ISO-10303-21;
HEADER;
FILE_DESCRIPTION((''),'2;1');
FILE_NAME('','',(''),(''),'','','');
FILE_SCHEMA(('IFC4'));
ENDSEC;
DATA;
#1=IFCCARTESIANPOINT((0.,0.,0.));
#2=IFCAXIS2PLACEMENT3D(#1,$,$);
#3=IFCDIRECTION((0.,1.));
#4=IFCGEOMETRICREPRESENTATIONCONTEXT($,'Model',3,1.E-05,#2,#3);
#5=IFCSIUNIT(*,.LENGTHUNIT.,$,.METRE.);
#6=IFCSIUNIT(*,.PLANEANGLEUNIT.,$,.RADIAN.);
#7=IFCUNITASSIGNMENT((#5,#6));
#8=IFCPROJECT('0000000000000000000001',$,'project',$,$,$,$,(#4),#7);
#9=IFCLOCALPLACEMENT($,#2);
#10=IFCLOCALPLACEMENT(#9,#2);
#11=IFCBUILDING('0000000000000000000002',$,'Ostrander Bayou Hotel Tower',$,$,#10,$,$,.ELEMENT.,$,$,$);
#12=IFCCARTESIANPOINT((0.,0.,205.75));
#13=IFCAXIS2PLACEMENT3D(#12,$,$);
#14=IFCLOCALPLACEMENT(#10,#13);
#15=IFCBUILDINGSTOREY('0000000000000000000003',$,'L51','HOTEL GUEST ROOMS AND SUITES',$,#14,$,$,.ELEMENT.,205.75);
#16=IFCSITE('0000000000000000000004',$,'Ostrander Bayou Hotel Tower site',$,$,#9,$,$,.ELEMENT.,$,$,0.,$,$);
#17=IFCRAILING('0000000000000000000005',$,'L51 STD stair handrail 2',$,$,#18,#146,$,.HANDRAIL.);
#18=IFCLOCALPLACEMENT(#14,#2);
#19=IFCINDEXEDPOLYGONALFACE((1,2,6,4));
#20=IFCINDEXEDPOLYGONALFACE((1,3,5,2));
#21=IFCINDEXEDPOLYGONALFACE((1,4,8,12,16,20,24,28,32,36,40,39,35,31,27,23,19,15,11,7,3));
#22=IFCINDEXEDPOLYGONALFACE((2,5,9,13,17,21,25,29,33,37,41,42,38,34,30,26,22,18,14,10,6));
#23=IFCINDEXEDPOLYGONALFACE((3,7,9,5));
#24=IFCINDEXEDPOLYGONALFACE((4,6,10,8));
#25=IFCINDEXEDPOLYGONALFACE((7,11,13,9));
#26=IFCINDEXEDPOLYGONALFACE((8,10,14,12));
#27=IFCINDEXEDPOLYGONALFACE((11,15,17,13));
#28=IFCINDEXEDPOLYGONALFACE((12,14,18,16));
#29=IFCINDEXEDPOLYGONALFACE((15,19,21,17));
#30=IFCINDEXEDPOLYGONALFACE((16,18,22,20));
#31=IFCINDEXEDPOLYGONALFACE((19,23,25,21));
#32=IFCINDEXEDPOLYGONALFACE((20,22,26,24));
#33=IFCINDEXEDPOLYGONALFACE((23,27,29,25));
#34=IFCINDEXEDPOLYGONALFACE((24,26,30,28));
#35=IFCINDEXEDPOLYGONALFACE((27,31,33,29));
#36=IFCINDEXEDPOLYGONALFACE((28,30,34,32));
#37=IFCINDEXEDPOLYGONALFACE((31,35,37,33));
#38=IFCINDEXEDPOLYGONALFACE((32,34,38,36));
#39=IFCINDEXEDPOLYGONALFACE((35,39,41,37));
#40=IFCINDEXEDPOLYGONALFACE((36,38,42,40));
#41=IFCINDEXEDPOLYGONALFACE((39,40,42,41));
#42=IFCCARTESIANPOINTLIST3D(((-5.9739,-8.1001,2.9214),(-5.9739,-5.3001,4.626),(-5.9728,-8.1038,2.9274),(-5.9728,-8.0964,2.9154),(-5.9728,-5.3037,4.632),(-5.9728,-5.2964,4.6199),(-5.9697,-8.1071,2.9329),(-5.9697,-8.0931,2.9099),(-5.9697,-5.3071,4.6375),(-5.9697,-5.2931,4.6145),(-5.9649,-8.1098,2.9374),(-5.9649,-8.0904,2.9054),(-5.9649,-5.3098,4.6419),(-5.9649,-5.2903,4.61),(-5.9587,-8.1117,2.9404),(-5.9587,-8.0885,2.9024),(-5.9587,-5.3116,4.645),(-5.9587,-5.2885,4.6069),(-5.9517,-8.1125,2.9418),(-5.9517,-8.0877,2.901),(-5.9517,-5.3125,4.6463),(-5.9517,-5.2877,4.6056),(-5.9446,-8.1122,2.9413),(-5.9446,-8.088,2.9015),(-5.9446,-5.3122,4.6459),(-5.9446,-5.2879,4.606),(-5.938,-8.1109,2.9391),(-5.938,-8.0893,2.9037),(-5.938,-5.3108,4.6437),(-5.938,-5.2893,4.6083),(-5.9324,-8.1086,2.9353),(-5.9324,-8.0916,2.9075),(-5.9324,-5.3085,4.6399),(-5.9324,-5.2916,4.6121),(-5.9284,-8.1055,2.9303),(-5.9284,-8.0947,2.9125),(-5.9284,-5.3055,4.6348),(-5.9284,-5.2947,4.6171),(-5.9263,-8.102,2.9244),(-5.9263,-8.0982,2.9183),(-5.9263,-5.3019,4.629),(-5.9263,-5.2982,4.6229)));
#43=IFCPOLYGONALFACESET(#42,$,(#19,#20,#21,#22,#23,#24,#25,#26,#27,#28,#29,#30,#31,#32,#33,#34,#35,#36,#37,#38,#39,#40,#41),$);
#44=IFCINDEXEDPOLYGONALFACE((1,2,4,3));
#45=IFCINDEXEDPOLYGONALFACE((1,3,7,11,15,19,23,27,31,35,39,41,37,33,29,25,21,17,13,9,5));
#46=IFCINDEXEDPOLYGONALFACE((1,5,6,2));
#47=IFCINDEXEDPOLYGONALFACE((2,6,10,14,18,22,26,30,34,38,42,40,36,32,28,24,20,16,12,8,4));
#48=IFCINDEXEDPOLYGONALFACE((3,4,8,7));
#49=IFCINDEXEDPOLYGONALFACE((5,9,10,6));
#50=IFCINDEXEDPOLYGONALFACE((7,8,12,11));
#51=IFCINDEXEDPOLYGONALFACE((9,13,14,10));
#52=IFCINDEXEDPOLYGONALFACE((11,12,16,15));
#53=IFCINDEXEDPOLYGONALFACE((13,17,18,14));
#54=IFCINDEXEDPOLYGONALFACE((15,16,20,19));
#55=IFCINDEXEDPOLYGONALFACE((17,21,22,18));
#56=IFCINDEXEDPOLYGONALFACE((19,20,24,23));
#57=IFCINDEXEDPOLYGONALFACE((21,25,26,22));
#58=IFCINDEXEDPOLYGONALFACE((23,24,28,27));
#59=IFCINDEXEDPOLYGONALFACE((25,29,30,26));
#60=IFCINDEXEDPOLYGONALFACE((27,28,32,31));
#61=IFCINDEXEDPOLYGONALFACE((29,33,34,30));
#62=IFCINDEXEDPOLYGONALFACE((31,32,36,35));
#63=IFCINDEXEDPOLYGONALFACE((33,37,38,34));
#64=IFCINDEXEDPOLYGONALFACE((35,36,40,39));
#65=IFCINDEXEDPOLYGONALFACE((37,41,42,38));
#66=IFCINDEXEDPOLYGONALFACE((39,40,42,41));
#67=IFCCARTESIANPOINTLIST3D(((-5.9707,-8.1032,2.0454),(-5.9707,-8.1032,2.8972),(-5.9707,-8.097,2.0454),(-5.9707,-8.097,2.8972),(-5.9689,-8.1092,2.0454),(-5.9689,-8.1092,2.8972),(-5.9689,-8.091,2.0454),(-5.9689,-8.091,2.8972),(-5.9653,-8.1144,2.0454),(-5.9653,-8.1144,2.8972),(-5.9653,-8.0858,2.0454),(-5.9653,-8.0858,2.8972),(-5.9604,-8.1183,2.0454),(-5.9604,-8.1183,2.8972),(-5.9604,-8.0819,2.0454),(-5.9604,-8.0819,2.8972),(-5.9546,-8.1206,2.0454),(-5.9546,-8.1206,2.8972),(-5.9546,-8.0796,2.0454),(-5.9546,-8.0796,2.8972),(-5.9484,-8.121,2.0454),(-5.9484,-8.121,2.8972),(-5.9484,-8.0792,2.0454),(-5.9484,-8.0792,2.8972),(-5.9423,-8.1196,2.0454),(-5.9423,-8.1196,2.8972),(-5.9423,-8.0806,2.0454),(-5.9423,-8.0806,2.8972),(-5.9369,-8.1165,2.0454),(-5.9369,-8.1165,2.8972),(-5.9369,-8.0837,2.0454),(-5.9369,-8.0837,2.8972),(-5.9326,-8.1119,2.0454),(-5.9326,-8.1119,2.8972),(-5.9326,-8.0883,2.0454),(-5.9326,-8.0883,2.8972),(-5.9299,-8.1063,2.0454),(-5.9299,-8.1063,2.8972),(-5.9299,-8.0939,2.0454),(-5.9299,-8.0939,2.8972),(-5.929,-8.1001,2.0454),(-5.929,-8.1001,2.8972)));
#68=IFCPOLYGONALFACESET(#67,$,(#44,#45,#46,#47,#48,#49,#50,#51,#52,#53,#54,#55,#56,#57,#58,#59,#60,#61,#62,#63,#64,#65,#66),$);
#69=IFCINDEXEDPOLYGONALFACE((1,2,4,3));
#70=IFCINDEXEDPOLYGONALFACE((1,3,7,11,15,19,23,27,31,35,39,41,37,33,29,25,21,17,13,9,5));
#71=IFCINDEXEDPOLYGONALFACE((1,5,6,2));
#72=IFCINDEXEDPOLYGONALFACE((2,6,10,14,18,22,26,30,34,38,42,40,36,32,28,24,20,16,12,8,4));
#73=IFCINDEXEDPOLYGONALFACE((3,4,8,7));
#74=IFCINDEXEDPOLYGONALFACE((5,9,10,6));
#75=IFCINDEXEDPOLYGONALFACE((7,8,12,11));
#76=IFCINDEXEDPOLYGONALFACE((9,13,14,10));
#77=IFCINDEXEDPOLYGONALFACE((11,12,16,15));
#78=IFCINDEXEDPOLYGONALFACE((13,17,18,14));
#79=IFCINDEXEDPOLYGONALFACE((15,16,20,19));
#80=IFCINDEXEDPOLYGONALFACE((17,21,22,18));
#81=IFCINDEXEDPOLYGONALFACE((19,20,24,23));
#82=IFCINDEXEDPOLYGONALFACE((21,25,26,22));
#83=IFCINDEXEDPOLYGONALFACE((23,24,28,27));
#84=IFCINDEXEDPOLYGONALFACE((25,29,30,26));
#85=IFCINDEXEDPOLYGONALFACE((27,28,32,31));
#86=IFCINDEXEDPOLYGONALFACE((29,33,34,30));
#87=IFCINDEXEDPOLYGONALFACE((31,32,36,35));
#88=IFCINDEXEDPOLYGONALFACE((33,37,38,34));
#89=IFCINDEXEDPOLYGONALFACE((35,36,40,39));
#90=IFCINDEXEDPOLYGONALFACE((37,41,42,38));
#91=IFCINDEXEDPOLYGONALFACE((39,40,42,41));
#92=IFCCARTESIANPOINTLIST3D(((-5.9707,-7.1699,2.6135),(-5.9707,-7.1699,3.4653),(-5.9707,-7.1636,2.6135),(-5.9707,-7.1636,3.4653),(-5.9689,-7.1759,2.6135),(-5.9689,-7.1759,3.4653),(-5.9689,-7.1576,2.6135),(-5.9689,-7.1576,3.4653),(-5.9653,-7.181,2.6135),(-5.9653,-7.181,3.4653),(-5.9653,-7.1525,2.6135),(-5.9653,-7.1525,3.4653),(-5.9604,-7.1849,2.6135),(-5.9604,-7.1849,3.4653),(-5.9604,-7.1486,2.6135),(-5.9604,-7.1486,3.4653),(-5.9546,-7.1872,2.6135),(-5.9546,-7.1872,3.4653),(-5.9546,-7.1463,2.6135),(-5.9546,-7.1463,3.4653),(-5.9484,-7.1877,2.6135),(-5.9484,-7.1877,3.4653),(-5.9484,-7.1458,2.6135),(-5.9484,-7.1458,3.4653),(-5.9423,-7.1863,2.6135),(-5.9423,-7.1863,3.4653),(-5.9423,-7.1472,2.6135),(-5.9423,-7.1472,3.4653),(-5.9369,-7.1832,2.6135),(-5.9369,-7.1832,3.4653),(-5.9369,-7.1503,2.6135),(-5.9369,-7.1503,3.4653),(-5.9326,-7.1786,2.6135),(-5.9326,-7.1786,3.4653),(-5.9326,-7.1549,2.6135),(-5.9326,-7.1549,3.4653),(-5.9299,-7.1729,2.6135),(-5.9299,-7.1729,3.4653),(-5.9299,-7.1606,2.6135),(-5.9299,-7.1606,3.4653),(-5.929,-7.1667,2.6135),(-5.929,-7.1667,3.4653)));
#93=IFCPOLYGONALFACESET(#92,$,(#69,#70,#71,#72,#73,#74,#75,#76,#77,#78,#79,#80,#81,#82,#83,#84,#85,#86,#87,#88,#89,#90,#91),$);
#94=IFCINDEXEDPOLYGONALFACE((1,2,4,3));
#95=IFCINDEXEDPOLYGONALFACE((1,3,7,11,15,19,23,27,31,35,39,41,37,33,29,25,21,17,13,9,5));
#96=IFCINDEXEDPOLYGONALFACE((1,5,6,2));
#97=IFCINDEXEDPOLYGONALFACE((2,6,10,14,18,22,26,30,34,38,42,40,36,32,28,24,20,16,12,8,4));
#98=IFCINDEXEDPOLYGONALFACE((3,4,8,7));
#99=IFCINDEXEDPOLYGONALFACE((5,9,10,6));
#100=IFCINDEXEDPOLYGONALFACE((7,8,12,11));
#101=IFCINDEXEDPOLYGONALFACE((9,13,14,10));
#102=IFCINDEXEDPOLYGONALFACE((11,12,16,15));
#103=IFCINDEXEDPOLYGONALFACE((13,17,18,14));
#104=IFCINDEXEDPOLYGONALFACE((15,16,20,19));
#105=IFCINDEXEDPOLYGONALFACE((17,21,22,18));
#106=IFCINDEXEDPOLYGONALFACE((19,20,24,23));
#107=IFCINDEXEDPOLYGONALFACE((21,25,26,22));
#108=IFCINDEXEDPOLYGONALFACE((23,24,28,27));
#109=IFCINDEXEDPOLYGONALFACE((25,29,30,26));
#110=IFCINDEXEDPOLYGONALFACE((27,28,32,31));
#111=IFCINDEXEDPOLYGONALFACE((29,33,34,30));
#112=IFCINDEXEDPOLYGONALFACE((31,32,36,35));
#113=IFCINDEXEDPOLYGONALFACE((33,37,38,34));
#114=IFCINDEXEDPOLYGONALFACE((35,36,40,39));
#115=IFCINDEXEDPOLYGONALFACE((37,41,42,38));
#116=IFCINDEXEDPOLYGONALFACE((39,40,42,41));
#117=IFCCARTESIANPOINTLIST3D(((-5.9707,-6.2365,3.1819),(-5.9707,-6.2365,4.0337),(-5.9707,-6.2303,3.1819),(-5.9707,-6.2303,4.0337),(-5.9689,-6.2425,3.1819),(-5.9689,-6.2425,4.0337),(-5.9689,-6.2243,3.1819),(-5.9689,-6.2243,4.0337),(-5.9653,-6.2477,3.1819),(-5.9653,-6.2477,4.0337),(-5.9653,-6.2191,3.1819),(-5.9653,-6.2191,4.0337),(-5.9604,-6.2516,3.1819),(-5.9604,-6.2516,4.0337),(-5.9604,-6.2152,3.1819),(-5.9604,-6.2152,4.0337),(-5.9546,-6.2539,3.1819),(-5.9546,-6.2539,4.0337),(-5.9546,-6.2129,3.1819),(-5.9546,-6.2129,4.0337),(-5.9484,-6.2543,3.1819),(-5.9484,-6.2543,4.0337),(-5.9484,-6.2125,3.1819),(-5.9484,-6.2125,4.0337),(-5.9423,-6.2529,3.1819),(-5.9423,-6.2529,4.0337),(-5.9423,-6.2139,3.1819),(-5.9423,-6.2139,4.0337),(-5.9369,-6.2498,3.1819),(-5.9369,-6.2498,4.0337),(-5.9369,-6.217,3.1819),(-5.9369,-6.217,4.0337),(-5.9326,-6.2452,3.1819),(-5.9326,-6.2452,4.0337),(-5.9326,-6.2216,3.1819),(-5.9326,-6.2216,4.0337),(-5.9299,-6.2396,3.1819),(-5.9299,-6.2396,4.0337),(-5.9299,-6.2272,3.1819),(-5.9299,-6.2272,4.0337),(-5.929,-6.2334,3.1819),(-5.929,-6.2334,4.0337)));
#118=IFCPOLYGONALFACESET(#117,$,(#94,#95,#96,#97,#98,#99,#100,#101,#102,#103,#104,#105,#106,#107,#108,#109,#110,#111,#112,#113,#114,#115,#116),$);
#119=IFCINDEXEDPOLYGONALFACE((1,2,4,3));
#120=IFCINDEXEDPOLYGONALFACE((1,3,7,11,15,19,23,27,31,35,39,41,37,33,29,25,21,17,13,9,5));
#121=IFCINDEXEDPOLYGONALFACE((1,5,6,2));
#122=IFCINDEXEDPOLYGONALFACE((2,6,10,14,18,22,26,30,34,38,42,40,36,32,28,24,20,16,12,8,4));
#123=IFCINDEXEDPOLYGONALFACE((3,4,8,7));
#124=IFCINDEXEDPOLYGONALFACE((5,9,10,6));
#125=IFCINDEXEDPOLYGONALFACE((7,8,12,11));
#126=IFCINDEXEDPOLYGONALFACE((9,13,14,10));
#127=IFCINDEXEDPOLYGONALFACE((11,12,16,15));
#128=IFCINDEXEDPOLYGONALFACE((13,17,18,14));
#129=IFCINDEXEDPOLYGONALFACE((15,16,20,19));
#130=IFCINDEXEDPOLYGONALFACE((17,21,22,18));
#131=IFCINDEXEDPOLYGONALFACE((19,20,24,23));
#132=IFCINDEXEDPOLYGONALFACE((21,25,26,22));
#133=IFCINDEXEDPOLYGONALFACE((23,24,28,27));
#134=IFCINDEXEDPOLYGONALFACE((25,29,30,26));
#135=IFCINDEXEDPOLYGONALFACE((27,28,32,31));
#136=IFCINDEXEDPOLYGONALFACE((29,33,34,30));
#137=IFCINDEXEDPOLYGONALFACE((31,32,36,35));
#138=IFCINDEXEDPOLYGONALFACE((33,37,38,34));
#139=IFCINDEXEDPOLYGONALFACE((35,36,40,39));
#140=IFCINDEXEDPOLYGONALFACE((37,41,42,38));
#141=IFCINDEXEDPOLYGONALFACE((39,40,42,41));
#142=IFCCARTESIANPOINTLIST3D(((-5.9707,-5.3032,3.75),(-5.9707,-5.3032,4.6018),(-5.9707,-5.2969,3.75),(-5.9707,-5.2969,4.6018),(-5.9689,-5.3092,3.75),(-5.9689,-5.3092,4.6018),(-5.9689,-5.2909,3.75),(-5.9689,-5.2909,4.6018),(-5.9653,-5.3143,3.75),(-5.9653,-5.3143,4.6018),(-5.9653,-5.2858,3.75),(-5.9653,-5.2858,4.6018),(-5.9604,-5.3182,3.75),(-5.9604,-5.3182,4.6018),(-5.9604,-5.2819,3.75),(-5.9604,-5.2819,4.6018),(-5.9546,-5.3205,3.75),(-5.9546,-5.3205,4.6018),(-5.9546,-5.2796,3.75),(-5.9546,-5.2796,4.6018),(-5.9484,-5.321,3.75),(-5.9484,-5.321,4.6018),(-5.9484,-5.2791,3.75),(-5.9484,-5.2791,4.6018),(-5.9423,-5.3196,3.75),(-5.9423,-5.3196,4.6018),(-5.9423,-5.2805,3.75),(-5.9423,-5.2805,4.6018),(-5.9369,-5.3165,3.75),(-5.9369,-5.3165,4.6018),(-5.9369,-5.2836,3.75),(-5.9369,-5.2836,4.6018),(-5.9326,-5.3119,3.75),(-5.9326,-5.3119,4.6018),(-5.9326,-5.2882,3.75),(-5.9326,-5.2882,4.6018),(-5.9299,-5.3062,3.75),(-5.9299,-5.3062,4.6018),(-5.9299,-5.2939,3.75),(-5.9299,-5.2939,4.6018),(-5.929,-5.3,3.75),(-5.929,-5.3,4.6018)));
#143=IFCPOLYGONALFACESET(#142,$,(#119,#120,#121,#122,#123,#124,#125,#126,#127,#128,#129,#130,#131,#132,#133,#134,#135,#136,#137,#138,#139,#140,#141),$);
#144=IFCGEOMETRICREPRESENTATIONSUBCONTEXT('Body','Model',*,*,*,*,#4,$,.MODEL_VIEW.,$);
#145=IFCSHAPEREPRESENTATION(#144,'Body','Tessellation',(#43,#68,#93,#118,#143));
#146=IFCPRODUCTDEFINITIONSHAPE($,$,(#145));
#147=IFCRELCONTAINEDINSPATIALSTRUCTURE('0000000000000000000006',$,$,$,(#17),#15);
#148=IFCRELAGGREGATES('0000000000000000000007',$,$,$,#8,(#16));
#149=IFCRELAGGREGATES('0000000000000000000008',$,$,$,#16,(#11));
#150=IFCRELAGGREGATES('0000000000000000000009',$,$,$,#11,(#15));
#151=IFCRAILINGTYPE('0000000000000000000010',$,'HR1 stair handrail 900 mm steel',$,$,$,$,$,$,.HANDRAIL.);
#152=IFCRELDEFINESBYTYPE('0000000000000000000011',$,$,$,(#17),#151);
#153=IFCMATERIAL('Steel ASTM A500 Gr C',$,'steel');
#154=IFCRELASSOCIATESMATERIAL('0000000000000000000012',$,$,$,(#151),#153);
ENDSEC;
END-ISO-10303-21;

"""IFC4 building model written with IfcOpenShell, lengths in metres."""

from ifc_helpers import new_model, si_unit, direction, frame, origin, origin_2d, place, context, subcontext, project, spatial, circle, extrude, material, type_object, element, save


model = new_model("IFC4")

# Units and contexts
model_context = context("Model", 3, precision=1e-05, world=origin(), true_north=direction((0.0, 1.0)))
body_context = subcontext(model_context, "Body", "Model", "MODEL_VIEW")
ifc_project = project(units=[si_unit("LENGTHUNIT", "METRE"), si_unit("PLANEANGLEUNIT", "RADIAN")], contexts=[model_context])

# Site, building, storey
site_placement = place(None, origin())
site = spatial("IfcSite", under=ifc_project, at=site_placement, Name="Ostrander Bayou Hotel Tower site", CompositionType="ELEMENT", RefElevation=0.0)
building_placement = place(site_placement, origin())
building = spatial("IfcBuilding", under=site, at=building_placement, Name="Ostrander Bayou Hotel Tower", CompositionType="ELEMENT")
storey_placement = place(building_placement, frame((0.0, 0.0, 205.75)))
storey = spatial("IfcBuildingStorey", under=building, at=storey_placement, Name="L51", Description="HOTEL GUEST ROOMS AND SUITES", CompositionType="ELEMENT", Elevation=205.75)

# Railing
ifc_material_1 = material(Name="Steel ASTM A500 Gr C", Category="steel")
railing_type_1 = type_object("IfcRailingType", Name="HR1 stair handrail 900 mm steel", PredefinedType="HANDRAIL", material=ifc_material_1)
railing_1_placement = place(storey_placement, frame((-5.95, -8.1001, 2.0454)))
element("IfcRailing", 1, at=railing_1_placement, inside=storey, type_object=railing_type_1, Name="L51 STD stair handrail 2", PredefinedType="HANDRAIL", context=body_context, shape_type="SweptSolid", body=[
    extrude(circle(Radius=0.0239, at=origin_2d()), frame((0.0, 0.0, 0.876), z_axis=(0.0, 0.85417, 0.519994), x_axis=(-1.0, 0.0, 0.0)), (0.0, 0.0, 1.0), 3.2781),
    extrude(circle(Radius=0.021, at=origin_2d()), origin(), (0.0, 0.0, 1.0), 0.8518),
    extrude(circle(Radius=0.021, at=origin_2d()), frame((0.0, 0.9333, 0.5681)), (0.0, 0.0, 1.0), 0.8518),
    extrude(circle(Radius=0.021, at=origin_2d()), frame((0.0, 1.8667, 1.1365)), (0.0, 0.0, 1.0), 0.8518),
    extrude(circle(Radius=0.021, at=origin_2d()), frame((0.0, 2.8, 1.7046)), (0.0, 0.0, 1.0), 0.8518),
])

save(model, "model.ifc")
